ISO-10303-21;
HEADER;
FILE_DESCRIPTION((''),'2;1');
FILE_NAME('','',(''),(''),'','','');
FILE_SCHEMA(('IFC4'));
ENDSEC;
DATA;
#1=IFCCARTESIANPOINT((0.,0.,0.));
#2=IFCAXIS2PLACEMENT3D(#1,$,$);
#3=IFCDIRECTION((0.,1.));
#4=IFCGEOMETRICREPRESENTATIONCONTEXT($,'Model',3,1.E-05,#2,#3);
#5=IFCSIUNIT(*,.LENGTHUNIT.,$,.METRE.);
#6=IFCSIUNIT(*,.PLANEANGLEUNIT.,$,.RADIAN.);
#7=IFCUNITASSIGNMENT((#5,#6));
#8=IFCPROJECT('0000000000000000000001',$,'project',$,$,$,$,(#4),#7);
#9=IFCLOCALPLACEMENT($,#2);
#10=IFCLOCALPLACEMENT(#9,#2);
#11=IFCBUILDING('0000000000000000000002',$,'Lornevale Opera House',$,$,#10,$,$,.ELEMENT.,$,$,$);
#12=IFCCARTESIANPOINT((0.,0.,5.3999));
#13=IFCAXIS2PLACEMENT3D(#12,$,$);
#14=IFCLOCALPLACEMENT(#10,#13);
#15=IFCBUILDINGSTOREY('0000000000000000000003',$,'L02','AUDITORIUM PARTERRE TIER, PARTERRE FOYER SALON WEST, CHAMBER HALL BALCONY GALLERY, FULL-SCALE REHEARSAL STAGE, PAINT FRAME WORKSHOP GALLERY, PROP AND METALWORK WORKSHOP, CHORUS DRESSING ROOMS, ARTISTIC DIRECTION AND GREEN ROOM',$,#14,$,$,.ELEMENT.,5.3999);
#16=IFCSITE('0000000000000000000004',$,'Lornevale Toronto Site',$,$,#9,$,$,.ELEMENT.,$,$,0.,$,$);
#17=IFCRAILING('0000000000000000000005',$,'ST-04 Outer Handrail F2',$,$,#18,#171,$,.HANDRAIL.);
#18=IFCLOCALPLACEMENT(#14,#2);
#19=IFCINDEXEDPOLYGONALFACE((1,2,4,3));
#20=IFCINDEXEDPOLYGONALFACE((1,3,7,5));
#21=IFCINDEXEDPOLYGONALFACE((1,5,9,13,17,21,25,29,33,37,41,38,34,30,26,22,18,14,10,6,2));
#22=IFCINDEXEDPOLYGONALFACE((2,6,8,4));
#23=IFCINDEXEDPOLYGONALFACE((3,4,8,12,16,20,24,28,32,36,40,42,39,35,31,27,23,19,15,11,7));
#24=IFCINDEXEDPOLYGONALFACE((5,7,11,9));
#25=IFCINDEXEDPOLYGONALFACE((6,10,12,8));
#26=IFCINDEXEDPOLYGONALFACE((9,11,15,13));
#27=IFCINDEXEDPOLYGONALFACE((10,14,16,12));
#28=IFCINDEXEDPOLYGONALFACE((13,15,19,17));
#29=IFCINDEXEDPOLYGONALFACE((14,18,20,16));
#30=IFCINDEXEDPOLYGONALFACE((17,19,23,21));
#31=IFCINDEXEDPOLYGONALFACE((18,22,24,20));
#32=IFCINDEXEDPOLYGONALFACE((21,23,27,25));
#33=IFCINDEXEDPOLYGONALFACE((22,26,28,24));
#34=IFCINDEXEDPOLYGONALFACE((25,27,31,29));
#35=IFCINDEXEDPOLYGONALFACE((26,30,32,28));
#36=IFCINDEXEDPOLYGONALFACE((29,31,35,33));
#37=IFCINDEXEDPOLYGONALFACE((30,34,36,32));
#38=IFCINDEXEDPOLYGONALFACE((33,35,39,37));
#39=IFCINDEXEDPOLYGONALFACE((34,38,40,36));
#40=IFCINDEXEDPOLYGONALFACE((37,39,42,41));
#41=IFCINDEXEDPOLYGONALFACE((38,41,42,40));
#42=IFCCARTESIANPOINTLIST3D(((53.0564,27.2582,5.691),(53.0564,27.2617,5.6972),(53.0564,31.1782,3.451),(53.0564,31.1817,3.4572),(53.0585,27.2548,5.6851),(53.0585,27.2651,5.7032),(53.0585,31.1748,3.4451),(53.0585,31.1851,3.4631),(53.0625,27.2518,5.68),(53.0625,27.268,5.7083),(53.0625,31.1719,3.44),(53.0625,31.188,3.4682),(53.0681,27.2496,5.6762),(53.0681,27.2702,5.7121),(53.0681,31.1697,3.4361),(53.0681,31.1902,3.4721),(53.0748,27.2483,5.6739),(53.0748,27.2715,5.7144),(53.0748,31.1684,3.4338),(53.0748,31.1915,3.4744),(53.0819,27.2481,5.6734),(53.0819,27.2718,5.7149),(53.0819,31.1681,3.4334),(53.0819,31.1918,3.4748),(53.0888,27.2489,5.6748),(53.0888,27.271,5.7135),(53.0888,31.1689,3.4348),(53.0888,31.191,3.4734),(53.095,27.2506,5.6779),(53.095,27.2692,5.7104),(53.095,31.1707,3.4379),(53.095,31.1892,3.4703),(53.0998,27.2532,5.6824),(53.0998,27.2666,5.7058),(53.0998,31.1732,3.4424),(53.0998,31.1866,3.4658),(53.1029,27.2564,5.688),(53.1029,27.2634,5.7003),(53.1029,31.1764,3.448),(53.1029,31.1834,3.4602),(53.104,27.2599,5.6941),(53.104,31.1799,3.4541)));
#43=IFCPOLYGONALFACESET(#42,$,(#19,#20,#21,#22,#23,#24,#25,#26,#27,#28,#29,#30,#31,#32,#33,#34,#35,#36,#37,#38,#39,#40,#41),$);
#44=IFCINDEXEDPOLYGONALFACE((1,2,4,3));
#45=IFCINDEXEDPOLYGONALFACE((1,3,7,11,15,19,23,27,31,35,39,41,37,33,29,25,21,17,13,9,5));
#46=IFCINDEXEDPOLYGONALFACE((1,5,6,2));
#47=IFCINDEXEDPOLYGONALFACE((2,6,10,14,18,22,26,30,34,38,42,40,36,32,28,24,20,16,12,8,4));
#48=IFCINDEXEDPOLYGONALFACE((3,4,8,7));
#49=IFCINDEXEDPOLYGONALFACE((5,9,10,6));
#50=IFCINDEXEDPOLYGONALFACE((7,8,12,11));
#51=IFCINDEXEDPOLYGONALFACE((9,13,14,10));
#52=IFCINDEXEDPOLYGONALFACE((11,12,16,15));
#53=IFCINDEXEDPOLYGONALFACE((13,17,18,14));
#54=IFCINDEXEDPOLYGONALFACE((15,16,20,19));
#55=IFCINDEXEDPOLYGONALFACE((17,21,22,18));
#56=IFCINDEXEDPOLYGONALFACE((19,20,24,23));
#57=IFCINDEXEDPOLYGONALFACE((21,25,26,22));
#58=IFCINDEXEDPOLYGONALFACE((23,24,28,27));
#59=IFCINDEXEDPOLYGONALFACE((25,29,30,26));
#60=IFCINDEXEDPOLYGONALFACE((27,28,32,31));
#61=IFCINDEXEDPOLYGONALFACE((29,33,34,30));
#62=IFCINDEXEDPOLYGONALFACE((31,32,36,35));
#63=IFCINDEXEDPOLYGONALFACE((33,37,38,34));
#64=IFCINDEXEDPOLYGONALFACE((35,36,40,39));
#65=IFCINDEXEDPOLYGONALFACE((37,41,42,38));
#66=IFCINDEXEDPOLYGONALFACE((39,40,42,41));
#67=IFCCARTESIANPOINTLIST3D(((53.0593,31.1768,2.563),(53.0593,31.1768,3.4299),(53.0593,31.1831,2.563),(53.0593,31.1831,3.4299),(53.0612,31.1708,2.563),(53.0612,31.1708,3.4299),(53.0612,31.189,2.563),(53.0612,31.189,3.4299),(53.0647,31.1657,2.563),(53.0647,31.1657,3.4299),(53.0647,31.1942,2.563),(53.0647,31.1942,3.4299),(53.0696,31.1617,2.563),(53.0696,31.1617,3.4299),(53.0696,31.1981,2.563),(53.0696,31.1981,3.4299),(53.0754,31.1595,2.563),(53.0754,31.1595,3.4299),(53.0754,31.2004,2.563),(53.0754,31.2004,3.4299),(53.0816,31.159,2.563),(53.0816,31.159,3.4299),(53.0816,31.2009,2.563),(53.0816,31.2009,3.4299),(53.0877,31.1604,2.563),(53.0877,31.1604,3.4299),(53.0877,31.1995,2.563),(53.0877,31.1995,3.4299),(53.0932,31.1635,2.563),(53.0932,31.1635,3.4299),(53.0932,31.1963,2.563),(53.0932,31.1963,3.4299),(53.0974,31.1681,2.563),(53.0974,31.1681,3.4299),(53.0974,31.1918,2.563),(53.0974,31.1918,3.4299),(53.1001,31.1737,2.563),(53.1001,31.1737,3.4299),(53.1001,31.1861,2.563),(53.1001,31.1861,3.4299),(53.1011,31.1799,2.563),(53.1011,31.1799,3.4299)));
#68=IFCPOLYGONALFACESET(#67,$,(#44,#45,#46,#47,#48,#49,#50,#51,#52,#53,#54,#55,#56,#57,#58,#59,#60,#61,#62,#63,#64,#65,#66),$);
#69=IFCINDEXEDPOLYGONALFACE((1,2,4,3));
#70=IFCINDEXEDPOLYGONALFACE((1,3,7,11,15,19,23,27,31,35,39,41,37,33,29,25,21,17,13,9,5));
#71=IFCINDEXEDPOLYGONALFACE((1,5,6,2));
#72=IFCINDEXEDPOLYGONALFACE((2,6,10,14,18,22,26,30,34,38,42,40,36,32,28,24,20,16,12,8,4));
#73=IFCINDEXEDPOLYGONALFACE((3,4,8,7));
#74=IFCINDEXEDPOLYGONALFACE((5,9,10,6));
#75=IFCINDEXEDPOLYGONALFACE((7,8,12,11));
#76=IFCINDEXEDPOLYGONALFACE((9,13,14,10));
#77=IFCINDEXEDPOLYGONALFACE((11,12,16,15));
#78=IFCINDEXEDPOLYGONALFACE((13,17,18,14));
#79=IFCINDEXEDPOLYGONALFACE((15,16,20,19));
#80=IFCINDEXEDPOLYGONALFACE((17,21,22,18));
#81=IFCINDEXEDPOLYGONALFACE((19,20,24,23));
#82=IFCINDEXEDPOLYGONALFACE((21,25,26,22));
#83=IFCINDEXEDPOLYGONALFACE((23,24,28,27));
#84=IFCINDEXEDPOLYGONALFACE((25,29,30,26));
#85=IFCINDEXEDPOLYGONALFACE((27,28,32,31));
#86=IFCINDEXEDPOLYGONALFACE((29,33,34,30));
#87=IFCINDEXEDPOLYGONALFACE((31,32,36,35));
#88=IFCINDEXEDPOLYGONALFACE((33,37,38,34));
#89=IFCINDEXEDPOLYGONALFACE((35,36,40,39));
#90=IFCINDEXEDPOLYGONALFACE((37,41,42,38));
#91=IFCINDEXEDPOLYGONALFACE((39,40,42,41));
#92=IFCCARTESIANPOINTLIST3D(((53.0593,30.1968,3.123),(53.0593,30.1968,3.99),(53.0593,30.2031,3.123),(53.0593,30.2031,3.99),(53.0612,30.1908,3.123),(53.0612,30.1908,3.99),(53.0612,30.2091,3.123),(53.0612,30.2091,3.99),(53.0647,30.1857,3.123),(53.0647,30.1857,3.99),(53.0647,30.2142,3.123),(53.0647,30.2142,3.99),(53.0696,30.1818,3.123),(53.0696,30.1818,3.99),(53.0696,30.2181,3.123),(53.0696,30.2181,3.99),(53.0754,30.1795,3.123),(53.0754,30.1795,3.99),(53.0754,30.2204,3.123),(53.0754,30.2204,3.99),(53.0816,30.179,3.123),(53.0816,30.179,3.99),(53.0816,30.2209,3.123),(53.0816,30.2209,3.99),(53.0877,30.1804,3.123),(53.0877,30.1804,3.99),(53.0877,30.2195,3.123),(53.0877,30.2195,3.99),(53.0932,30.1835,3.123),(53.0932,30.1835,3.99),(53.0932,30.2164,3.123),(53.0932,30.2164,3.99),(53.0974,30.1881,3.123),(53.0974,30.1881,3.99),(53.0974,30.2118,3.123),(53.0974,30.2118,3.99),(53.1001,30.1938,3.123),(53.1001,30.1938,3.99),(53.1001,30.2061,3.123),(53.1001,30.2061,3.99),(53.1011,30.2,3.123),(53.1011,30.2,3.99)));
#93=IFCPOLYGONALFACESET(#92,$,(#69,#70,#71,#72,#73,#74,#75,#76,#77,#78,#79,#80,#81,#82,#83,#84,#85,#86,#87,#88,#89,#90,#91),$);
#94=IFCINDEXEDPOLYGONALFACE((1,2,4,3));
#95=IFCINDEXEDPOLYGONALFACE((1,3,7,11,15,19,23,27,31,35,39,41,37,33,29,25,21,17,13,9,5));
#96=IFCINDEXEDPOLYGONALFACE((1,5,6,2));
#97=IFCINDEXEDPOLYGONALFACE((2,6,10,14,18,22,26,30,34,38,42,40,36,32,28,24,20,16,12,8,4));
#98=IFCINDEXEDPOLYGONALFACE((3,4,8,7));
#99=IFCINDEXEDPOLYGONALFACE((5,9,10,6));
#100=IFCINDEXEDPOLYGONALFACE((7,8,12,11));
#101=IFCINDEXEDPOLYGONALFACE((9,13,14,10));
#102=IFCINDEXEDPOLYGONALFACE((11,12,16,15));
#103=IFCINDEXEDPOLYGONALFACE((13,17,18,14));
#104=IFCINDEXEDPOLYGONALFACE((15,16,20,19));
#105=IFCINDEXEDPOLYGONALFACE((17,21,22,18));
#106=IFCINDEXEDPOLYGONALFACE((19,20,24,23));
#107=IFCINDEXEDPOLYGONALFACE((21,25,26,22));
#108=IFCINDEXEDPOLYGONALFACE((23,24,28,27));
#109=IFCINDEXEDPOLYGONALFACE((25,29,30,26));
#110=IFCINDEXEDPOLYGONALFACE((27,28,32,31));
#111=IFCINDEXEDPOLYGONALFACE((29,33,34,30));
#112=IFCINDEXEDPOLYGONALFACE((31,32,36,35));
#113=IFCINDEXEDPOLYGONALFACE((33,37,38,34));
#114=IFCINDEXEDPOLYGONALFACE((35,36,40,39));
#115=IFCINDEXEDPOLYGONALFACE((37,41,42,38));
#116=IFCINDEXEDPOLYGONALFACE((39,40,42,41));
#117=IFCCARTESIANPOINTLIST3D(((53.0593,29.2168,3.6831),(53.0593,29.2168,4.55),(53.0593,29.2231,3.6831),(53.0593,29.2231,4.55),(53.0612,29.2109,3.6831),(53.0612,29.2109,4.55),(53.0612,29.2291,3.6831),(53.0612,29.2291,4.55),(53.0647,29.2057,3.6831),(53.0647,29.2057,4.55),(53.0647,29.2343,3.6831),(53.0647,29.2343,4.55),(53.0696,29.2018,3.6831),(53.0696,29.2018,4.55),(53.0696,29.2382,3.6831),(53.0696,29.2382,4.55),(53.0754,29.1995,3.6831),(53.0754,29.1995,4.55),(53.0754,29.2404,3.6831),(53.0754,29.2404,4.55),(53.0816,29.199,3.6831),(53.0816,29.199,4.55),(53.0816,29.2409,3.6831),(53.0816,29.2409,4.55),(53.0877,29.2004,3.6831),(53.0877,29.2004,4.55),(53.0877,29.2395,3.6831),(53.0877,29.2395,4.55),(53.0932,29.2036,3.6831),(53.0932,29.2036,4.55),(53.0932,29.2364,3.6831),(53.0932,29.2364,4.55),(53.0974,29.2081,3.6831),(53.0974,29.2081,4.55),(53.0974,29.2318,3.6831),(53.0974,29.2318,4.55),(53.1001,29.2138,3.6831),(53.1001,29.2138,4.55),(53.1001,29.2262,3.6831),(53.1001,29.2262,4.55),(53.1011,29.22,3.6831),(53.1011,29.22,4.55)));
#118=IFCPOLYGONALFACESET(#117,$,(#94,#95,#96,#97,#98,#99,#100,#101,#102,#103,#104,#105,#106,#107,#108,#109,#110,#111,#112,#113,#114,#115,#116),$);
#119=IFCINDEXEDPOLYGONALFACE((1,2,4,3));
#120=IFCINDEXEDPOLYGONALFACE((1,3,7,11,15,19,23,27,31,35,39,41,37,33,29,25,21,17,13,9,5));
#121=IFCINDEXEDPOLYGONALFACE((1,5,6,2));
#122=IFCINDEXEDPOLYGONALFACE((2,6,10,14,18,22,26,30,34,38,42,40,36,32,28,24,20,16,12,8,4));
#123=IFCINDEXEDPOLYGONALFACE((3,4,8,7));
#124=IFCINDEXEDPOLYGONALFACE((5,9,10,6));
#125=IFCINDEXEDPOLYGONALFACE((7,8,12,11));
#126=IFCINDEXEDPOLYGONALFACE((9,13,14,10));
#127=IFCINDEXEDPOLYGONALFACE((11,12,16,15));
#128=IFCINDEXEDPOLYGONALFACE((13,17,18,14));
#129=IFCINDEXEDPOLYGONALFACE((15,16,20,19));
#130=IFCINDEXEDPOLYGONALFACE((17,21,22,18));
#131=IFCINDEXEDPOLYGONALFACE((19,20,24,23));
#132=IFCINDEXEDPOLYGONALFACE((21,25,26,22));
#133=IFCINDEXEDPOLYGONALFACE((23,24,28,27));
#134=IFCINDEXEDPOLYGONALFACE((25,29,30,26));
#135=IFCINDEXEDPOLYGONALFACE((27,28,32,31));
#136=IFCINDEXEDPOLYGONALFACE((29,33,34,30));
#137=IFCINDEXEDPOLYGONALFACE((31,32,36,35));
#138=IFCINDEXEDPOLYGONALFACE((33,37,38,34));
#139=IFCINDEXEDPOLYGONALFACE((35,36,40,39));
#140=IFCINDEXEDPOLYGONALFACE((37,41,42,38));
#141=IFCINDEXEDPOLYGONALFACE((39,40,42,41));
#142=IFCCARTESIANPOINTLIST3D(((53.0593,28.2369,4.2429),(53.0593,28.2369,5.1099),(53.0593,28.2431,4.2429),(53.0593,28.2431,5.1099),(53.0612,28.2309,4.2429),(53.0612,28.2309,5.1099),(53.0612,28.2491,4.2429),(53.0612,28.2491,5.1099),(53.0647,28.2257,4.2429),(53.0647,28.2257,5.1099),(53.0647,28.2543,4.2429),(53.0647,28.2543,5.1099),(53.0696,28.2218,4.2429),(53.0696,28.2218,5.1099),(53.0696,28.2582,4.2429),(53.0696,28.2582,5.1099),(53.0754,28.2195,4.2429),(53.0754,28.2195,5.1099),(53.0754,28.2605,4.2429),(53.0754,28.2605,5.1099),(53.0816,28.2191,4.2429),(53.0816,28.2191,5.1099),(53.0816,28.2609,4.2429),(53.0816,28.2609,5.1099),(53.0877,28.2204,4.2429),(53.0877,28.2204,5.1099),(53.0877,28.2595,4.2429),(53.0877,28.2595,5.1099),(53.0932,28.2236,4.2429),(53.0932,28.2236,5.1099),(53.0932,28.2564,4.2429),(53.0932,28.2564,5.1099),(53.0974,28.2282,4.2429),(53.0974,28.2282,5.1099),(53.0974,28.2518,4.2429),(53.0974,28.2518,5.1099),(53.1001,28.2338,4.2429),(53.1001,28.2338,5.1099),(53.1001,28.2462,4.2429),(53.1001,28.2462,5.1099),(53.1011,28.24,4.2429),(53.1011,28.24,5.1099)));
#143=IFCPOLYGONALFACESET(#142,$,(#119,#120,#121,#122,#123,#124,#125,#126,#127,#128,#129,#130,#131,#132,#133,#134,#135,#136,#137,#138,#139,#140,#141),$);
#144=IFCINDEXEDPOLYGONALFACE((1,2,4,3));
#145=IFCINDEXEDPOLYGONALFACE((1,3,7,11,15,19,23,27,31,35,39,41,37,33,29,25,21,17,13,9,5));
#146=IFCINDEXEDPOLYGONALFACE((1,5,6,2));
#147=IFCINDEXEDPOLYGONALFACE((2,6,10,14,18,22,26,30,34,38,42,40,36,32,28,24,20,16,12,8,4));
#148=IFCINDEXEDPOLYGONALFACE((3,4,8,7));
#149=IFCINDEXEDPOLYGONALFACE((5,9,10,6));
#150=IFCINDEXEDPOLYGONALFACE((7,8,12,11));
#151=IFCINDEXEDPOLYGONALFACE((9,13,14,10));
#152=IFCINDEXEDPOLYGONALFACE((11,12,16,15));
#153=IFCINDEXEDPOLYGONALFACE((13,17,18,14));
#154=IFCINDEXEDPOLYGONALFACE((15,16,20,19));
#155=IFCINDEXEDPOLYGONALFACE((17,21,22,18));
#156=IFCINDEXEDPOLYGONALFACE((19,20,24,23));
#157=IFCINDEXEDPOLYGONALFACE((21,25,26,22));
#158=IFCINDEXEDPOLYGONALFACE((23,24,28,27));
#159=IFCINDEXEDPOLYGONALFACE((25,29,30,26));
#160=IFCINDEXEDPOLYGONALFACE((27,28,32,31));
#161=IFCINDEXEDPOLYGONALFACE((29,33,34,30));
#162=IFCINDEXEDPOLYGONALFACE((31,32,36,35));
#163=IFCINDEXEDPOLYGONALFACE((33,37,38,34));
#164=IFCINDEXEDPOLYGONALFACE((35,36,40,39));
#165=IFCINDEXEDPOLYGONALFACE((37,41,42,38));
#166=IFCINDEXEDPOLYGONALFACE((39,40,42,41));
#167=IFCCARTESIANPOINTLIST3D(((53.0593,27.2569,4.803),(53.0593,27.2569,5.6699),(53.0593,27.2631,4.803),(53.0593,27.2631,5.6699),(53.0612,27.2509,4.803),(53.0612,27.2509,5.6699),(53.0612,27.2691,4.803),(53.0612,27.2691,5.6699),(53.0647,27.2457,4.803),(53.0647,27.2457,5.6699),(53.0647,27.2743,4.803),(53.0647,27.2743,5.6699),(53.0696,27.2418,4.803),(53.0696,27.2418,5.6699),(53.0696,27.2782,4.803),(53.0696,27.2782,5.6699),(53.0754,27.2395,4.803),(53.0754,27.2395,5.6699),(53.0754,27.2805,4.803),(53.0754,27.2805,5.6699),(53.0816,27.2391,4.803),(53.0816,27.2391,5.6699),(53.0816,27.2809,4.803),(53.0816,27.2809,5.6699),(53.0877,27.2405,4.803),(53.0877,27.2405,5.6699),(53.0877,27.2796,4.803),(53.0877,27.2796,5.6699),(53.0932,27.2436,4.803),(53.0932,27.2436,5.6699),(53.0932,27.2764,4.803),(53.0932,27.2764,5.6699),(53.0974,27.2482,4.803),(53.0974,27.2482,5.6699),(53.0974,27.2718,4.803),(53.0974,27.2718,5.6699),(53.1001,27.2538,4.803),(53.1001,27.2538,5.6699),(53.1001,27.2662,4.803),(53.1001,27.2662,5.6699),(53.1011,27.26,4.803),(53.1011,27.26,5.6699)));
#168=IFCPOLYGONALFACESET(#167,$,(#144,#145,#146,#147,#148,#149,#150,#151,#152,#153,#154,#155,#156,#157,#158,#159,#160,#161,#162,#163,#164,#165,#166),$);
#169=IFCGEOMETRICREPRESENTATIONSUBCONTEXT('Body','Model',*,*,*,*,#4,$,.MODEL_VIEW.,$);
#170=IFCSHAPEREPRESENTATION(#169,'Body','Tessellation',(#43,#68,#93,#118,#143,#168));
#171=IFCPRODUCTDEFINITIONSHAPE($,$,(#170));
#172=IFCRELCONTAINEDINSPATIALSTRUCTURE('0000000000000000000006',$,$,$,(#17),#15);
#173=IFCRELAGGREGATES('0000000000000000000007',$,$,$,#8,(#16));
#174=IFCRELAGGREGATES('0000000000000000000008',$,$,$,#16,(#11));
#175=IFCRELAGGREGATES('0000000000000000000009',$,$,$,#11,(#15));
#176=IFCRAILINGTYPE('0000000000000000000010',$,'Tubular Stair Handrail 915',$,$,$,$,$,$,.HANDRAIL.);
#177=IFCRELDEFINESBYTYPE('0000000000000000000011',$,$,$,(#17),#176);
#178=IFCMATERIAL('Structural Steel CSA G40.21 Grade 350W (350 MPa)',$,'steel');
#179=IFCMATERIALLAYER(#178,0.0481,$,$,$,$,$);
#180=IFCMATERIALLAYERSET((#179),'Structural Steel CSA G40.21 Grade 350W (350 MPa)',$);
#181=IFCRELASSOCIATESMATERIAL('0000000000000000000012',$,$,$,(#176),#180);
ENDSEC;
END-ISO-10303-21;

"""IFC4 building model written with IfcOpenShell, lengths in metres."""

from ifc_helpers import new_model, si_unit, direction, frame, origin, origin_2d, place, context, subcontext, project, spatial, circle, extrude, material, layer, layer_set, type_object, element, save


model = new_model("IFC4")

# Units and contexts
model_context = context("Model", 3, precision=1e-05, world=origin(), true_north=direction((0.0, 1.0)))
body_context = subcontext(model_context, "Body", "Model", "MODEL_VIEW")
ifc_project = project(units=[si_unit("LENGTHUNIT", "METRE"), si_unit("PLANEANGLEUNIT", "RADIAN")], contexts=[model_context])

# Site, building, storey
site_placement = place(None, origin())
site = spatial("IfcSite", under=ifc_project, at=site_placement, Name="Lornevale Toronto Site", CompositionType="ELEMENT", RefElevation=0.0)
building_placement = place(site_placement, origin())
building = spatial("IfcBuilding", under=site, at=building_placement, Name="Lornevale Opera House", CompositionType="ELEMENT")
storey_placement = place(building_placement, frame((0.0, 0.0, 5.3999)))
storey = spatial("IfcBuildingStorey", under=building, at=storey_placement, Name="L02", Description="AUDITORIUM PARTERRE TIER, PARTERRE FOYER SALON WEST, CHAMBER HALL BALCONY GALLERY, FULL-SCALE REHEARSAL STAGE, PAINT FRAME WORKSHOP GALLERY, PROP AND METALWORK WORKSHOP, CHORUS DRESSING ROOMS, ARTISTIC DIRECTION AND GREEN ROOM", CompositionType="ELEMENT", Elevation=5.3999)

# Shared definitions
ifc_material_1 = material(Name="Structural Steel CSA G40.21 Grade 350W (350 MPa)", Category="steel")

# Railing
ifc_layer_1 = layer(ifc_material_1, 0.0481)
ifc_layer_set_1 = layer_set([ifc_layer_1], Name="Structural Steel CSA G40.21 Grade 350W (350 MPa)")
railing_type_1 = type_object("IfcRailingType", Name="Tubular Stair Handrail 915", PredefinedType="HANDRAIL", material=ifc_layer_set_1)
railing_1_placement = place(storey_placement, frame((53.0801, 31.1799, 2.563)))
element("IfcRailing", 1, at=railing_1_placement, inside=storey, type_object=railing_type_1, Name="ST-04 Outer Handrail F2", PredefinedType="HANDRAIL", context=body_context, shape_type="SweptSolid", body=[
    extrude(circle(Radius=0.0239, at=origin_2d()), frame((0.0, 0.0, 0.8911), z_axis=(0.0, -0.86824, 0.496145), x_axis=(1.0, 0.0, 0.0)), (0.0, 0.0, 1.0), 4.5149),
    extrude(circle(Radius=0.021, at=origin_2d()), origin(), (0.0, 0.0, 1.0), 0.8669),
    extrude(circle(Radius=0.021, at=origin_2d()), frame((0.0, -0.98, 0.5601)), (0.0, 0.0, 1.0), 0.8669),
    extrude(circle(Radius=0.021, at=origin_2d()), frame((0.0, -1.96, 1.1201)), (0.0, 0.0, 1.0), 0.8669),
    extrude(circle(Radius=0.021, at=origin_2d()), frame((0.0, -2.9399, 1.6799)), (0.0, 0.0, 1.0), 0.8669),
    extrude(circle(Radius=0.021, at=origin_2d()), frame((0.0, -3.9199, 2.24)), (0.0, 0.0, 1.0), 0.8669),
])

save(model, "model.ifc")
